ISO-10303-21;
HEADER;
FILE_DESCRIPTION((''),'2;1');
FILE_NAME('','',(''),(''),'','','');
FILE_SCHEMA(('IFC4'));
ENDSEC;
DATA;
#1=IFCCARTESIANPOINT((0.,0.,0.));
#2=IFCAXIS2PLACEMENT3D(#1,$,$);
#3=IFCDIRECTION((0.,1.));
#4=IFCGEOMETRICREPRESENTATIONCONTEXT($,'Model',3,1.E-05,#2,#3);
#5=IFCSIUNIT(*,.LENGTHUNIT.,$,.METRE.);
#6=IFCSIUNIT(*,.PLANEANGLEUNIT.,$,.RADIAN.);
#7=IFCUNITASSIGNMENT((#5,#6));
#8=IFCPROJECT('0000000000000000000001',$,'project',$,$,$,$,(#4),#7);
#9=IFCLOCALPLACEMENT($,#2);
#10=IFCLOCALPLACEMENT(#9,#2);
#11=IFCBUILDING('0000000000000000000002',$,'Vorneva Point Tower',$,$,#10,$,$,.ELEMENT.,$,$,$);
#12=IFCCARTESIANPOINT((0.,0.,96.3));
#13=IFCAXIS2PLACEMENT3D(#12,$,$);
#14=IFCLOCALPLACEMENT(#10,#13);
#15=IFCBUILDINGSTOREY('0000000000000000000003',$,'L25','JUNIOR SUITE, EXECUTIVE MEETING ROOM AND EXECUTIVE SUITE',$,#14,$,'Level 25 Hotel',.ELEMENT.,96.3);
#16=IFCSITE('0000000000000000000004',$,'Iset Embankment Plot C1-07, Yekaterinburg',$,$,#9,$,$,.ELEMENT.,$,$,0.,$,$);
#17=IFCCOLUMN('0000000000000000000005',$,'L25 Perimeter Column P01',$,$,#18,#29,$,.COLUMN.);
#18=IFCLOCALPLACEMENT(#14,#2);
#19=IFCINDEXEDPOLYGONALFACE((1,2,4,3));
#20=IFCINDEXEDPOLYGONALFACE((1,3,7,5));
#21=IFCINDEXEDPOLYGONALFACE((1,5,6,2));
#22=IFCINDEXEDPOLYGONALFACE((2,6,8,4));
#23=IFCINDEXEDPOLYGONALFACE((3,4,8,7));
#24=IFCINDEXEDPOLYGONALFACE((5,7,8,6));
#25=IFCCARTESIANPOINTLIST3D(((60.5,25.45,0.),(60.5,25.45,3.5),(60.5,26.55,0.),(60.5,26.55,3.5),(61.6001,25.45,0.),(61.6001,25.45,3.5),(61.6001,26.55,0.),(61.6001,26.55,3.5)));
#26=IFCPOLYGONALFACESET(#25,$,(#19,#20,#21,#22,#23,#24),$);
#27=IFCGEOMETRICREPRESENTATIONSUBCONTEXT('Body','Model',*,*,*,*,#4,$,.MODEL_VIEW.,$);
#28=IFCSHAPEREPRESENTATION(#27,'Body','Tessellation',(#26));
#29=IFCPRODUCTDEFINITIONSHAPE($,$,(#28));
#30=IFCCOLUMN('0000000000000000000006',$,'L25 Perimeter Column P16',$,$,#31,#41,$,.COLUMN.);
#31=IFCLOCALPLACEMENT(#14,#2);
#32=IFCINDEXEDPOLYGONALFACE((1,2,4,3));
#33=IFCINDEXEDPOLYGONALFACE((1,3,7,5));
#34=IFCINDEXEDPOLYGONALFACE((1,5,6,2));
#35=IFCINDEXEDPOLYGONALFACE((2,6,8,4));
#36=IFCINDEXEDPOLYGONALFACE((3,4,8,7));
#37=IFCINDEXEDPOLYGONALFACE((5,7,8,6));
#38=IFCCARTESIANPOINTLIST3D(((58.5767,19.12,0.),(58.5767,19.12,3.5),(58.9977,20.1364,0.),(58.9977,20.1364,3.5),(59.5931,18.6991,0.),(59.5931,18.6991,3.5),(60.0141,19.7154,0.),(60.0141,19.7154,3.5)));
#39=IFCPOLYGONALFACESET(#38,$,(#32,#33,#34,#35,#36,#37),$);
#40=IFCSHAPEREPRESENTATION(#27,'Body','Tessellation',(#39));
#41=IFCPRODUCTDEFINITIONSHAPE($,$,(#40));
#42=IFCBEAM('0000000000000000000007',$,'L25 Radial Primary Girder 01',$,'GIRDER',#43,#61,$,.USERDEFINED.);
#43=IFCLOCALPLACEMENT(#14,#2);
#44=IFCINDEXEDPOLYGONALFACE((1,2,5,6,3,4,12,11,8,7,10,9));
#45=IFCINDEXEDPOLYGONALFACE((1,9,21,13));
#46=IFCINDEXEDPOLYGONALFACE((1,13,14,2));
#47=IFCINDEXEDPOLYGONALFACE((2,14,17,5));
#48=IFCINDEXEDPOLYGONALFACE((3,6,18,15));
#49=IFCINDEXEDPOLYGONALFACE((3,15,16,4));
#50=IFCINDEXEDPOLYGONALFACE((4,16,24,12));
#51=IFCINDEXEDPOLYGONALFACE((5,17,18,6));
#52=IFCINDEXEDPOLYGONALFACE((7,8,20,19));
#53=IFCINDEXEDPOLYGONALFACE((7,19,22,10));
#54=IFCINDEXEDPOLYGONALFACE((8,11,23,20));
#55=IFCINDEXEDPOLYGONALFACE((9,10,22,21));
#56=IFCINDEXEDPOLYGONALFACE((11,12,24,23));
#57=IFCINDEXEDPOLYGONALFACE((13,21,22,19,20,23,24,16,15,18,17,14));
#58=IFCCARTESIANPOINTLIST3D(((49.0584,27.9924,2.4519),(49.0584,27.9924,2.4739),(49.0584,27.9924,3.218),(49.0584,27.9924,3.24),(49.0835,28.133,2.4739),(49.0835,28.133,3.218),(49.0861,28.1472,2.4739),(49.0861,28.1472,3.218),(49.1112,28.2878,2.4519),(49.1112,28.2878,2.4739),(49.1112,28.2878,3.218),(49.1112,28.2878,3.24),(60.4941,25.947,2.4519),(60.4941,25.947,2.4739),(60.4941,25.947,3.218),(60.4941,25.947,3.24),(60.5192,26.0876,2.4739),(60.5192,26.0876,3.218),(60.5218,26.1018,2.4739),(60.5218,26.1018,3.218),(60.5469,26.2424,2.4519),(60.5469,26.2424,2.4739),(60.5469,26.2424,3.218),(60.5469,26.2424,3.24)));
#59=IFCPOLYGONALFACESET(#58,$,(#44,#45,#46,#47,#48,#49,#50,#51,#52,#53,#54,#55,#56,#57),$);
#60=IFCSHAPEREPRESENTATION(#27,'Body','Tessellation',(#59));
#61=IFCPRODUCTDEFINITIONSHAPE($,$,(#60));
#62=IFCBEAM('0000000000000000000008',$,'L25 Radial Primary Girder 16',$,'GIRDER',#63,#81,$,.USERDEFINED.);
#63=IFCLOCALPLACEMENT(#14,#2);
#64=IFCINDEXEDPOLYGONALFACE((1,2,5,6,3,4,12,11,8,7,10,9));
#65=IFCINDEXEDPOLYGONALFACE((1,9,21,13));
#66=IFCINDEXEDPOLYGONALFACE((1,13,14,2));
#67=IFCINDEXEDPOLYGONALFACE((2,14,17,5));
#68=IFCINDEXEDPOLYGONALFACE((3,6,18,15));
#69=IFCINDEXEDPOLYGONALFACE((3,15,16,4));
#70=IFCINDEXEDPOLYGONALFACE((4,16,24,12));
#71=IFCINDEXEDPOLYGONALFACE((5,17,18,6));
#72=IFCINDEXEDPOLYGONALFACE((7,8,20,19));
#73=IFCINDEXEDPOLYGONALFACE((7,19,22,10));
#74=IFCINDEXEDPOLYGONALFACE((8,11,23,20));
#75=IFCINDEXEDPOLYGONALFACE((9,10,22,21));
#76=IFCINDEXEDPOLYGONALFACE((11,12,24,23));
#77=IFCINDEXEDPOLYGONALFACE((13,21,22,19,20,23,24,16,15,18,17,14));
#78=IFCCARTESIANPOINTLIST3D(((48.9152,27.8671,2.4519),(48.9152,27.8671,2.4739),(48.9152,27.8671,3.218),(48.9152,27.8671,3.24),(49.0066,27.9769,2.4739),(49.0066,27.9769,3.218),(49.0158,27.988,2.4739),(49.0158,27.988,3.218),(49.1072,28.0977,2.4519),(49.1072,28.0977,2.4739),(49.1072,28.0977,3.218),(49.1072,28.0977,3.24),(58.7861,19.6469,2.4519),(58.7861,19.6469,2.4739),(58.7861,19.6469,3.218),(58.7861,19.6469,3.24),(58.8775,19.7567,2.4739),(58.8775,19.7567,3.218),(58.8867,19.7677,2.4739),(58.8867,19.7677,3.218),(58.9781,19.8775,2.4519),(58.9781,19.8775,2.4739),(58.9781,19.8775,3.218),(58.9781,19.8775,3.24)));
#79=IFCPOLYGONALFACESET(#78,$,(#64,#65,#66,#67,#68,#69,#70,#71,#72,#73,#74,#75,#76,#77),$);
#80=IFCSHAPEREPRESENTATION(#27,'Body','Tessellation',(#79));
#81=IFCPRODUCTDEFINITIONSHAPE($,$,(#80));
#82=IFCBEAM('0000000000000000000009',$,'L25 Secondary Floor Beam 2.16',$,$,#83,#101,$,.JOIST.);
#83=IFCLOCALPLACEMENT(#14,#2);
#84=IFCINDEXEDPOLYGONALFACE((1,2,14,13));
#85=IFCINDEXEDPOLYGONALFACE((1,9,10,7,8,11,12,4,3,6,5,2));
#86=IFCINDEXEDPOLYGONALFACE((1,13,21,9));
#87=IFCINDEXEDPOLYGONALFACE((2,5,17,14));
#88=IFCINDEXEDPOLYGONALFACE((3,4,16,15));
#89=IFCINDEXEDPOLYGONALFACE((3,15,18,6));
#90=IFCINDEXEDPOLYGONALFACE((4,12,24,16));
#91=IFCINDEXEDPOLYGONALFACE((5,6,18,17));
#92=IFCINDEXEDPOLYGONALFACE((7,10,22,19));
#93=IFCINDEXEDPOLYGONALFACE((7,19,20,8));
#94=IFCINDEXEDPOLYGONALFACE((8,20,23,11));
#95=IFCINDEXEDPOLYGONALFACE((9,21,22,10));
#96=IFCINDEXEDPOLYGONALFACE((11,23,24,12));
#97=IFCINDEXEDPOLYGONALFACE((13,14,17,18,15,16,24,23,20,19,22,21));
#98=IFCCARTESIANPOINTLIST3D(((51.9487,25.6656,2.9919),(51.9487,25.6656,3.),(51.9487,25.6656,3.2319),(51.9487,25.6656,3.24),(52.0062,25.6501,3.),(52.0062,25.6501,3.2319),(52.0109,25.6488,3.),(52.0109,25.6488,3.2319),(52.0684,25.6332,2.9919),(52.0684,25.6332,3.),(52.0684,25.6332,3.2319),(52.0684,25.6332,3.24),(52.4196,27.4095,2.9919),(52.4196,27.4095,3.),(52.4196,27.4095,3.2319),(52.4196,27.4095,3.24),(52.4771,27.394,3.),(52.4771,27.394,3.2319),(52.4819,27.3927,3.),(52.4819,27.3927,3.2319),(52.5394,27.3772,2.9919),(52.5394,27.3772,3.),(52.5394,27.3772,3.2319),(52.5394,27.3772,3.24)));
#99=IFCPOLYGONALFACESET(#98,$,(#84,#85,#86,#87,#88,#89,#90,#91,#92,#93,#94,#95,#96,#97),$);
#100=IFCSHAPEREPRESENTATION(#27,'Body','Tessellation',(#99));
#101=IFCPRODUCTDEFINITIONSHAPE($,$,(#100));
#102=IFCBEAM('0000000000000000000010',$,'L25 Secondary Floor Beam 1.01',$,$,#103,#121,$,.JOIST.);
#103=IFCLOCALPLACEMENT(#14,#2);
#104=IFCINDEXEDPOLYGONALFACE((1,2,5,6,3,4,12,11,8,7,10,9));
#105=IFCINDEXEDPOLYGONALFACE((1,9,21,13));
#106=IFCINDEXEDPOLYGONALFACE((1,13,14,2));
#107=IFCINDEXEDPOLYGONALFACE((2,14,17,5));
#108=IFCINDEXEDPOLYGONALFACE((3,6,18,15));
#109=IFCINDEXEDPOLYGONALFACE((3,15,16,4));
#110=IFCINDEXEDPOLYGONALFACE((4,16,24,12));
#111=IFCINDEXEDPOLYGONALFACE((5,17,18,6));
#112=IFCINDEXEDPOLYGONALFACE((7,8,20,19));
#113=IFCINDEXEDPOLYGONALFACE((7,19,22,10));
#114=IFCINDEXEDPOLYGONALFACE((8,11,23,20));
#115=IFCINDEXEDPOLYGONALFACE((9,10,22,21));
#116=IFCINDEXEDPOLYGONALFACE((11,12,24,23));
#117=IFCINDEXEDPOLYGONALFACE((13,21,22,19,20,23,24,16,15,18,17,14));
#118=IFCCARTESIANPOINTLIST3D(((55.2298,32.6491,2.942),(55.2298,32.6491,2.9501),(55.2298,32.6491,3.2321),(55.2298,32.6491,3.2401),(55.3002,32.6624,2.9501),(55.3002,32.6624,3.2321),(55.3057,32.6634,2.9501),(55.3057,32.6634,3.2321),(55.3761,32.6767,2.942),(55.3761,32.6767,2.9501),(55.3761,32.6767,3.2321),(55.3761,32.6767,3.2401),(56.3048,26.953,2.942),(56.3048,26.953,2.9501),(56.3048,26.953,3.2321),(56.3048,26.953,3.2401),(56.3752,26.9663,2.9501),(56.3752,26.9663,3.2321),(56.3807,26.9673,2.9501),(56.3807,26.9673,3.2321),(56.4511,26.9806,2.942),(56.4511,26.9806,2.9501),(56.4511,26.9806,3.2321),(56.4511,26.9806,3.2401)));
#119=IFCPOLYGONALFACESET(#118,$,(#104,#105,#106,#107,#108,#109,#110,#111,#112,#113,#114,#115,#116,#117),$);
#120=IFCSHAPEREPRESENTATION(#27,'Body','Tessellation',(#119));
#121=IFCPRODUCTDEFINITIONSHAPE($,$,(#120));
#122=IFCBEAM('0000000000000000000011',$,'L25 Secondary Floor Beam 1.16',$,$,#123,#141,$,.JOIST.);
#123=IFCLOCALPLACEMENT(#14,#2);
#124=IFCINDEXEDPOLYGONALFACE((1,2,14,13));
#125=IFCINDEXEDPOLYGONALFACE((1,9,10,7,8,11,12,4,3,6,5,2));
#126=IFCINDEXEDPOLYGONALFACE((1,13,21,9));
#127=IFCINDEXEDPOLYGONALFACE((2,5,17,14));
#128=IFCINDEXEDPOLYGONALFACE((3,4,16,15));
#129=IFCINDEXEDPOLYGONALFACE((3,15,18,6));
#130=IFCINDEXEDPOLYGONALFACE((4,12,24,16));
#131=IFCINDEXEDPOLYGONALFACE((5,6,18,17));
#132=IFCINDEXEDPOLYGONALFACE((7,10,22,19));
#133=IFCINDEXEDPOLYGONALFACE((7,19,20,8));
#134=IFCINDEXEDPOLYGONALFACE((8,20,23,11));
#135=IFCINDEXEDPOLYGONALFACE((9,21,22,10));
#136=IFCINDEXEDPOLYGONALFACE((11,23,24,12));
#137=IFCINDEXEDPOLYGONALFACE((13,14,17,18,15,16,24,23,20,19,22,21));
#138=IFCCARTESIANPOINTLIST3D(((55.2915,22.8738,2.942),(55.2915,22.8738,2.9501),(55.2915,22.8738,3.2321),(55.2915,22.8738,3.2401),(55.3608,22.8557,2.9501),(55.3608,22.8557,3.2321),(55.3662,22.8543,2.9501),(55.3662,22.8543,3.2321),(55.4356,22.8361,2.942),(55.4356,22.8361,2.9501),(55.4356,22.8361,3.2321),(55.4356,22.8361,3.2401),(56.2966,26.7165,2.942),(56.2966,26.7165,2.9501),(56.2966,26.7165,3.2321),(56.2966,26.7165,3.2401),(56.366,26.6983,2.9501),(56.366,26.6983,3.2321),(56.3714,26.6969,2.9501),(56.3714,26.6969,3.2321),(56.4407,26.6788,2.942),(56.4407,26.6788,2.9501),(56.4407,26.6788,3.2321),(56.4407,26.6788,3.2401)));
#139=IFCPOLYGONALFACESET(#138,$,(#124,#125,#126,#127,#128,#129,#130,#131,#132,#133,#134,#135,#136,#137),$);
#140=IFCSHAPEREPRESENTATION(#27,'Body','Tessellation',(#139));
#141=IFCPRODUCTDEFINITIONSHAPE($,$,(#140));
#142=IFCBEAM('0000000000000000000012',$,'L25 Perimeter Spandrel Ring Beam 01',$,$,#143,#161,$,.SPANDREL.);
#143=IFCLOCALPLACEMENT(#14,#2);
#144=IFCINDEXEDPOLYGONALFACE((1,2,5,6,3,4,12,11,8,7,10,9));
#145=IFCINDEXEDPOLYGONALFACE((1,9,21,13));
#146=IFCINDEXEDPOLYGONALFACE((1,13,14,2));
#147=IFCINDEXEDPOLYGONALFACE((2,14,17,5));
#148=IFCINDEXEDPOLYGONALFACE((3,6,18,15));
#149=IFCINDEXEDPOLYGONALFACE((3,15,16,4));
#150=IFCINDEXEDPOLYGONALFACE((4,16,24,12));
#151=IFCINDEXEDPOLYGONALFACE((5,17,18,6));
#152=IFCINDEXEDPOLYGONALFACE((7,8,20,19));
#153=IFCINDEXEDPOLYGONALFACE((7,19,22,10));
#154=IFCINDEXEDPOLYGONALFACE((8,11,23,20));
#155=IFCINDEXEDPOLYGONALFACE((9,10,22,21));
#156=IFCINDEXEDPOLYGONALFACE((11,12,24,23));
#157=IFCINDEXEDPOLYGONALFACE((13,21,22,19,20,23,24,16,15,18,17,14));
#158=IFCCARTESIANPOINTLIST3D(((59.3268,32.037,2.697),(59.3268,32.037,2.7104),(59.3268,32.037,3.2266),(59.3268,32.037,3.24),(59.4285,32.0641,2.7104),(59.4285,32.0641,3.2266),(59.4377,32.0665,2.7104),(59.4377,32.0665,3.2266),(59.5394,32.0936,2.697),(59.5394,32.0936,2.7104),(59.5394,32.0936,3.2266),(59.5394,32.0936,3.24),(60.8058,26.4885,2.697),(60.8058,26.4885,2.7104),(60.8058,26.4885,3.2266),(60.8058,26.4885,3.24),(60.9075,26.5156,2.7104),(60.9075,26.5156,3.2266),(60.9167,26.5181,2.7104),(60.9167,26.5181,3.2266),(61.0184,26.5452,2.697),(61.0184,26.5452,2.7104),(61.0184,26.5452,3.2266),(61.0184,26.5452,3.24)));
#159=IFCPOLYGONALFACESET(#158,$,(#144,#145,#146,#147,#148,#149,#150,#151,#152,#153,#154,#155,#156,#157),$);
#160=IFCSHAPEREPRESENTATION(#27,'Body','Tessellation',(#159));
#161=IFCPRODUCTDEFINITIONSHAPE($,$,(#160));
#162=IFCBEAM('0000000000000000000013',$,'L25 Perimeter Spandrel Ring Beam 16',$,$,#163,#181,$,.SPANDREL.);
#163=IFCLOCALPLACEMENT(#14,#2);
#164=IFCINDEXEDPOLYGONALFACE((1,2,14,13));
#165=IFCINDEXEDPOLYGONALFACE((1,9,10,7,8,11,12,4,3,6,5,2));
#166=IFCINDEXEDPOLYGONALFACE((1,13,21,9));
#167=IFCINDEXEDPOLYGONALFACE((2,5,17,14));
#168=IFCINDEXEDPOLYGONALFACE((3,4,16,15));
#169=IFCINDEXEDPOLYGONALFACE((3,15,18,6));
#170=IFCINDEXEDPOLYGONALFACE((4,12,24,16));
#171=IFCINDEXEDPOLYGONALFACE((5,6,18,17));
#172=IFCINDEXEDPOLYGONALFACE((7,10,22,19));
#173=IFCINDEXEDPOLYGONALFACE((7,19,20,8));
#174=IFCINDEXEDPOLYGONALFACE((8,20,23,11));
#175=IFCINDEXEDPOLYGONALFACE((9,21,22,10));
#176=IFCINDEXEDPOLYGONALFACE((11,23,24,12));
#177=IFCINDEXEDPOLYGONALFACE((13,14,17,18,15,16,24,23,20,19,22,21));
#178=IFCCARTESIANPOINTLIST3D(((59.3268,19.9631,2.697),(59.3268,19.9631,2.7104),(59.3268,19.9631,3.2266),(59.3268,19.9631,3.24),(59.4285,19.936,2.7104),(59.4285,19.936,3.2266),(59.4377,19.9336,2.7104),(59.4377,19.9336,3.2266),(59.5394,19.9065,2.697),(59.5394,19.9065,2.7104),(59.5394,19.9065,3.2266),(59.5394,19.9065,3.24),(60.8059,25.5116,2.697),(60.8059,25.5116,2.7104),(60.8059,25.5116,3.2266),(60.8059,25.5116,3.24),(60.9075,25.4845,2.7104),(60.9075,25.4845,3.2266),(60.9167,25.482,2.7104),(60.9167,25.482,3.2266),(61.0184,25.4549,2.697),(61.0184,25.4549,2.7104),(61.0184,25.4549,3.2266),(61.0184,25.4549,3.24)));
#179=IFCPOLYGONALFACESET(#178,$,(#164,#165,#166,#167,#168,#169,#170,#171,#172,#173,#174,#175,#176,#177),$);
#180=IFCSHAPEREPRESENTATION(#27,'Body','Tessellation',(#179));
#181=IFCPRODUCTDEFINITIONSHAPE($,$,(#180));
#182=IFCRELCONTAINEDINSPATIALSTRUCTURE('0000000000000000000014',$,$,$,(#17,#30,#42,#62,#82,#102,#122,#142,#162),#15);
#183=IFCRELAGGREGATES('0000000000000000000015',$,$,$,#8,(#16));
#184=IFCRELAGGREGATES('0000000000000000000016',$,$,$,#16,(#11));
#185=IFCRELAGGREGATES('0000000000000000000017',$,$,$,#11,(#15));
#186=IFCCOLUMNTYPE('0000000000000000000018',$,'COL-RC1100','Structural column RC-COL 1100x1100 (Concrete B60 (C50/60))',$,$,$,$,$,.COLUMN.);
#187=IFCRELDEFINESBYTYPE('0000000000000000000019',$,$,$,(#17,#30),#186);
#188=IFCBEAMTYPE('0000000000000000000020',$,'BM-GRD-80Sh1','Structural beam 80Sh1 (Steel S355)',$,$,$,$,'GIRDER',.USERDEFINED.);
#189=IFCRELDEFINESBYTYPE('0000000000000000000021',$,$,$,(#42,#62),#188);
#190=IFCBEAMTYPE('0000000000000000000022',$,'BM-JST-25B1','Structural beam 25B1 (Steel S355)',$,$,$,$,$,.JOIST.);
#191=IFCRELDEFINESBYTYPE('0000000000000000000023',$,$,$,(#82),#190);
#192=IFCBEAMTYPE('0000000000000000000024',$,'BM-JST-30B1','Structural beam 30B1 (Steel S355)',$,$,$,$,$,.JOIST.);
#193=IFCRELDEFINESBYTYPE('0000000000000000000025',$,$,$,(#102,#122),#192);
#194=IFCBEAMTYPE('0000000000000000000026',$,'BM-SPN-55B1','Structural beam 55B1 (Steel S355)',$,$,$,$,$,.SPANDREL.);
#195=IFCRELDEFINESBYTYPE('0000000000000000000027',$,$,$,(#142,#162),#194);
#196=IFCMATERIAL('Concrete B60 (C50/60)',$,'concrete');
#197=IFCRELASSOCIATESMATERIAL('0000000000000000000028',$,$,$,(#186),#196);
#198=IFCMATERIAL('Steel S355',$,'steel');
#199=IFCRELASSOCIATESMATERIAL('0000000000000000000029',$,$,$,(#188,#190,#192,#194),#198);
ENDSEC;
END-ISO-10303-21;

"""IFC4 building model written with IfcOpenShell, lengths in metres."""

from ifc_helpers import new_model, si_unit, direction, frame, origin, origin_2d, place, context, subcontext, project, spatial, rectangle, i_section, extrude, material, material_profile, profile_set, type_object, element, save


model = new_model("IFC4")

# Units and contexts
model_context = context("Model", 3, precision=1e-05, world=origin(), true_north=direction((0.0, 1.0)))
body_context = subcontext(model_context, "Body", "Model", "MODEL_VIEW")
ifc_project = project(units=[si_unit("LENGTHUNIT", "METRE"), si_unit("PLANEANGLEUNIT", "RADIAN")], contexts=[model_context])

# Site, building, storey
site_placement = place(None, origin())
site = spatial("IfcSite", under=ifc_project, at=site_placement, Name="Iset Embankment Plot C1-07, Yekaterinburg", CompositionType="ELEMENT", RefElevation=0.0)
building_placement = place(site_placement, origin())
building = spatial("IfcBuilding", under=site, at=building_placement, Name="Vorneva Point Tower", CompositionType="ELEMENT")
storey_placement = place(building_placement, frame((0.0, 0.0, 96.3)))
storey = spatial("IfcBuildingStorey", under=building, at=storey_placement, Name="L25", Description="JUNIOR SUITE, EXECUTIVE MEETING ROOM AND EXECUTIVE SUITE", LongName="Level 25 Hotel", CompositionType="ELEMENT", Elevation=96.3)

# Columns
ifc_material_1 = material(Name="Concrete B60 (C50/60)", Category="concrete")
ifc_material_profile_1 = material_profile(ifc_material_1, rectangle(XDim=1.1001, YDim=1.1001, at=origin_2d()), Name="RC-COL 1100x1100")
ifc_profile_set_1 = profile_set([ifc_material_profile_1], Name="Concrete B60 (C50/60)")
column_type = type_object("IfcColumnType", Name="COL-RC1100", Description="Structural column RC-COL 1100x1100 (Concrete B60 (C50/60))", PredefinedType="COLUMN", material=ifc_profile_set_1)
for number, where, z_axis, x_axis, name in (
    (1, (61.05, 26.0, 0.0), (0.0, 0.0, 1.0), (1.0, 0.0, 0.0), "L25 Perimeter Column P01"),
    (2, (59.2954, 19.4177, 0.0), (0.0, 0.0, 1.0), (0.92388, -0.382683, 0.0), "L25 Perimeter Column P16"),
):
    element("IfcColumn", number, at=place(storey_placement, frame(where, z_axis=z_axis, x_axis=x_axis)), inside=storey, type_object=column_type, Name=name, PredefinedType="COLUMN", context=body_context, shape_type="SweptSolid", body=[
        extrude(rectangle(XDim=1.1001, YDim=1.1001, at=origin_2d()), origin(), (0.0, 0.0, 1.0), 3.5),
    ])

# Beams
ifc_material_2 = material(Name="Steel S355", Category="steel")
ifc_material_profile_2 = material_profile(ifc_material_2, i_section(OverallWidth=0.3, OverallDepth=0.7881, WebThickness=0.0144, FlangeThickness=0.022, at=origin_2d()), Name="80Sh1")
ifc_profile_set_2 = profile_set([ifc_material_profile_2], Name="Steel S355")
beam_type_1 = type_object("IfcBeamType", Name="BM-GRD-80Sh1", Description="Structural beam 80Sh1 (Steel S355)", ElementType="GIRDER", PredefinedType="USERDEFINED", material=ifc_profile_set_2)
beam_1_placement = place(storey_placement, frame((60.5205, 26.0947, 2.8459), z_axis=(-0.984378, 0.176066, 0.0), x_axis=(-0.176066, -0.984378, 0.0)))
element("IfcBeam", 3, at=beam_1_placement, inside=storey, type_object=beam_type_1, Name="L25 Radial Primary Girder 01", ObjectType="GIRDER", PredefinedType="USERDEFINED", context=body_context, shape_type="SweptSolid", body=[
    extrude(i_section(OverallWidth=0.3, OverallDepth=0.7881, WebThickness=0.0144, FlangeThickness=0.022, at=origin_2d()), origin(), (0.0, 0.0, 1.0), 11.6172),
])
beam_2_placement = place(storey_placement, frame((58.8821, 19.7622, 2.8459), z_axis=(-0.768432, 0.639932, 0.0), x_axis=(-0.639932, -0.768432, 0.0)))
element("IfcBeam", 4, at=beam_2_placement, inside=storey, type_object=beam_type_1, Name="L25 Radial Primary Girder 16", ObjectType="GIRDER", PredefinedType="USERDEFINED", context=body_context, shape_type="SweptSolid", body=[
    extrude(i_section(OverallWidth=0.3, OverallDepth=0.7881, WebThickness=0.0144, FlangeThickness=0.022, at=origin_2d()), origin(), (0.0, 0.0, 1.0), 12.8455),
])
ifc_material_profile_3 = material_profile(ifc_material_2, i_section(OverallWidth=0.124, OverallDepth=0.248, WebThickness=0.0049, FlangeThickness=0.0081, at=origin_2d()), Name="25B1")
ifc_profile_set_3 = profile_set([ifc_material_profile_3], Name="Steel S355")
beam_type_2 = type_object("IfcBeamType", Name="BM-JST-25B1", Description="Structural beam 25B1 (Steel S355)", PredefinedType="JOIST", material=ifc_profile_set_3)
beam_3_placement = place(storey_placement, frame((52.0085, 25.6494, 3.116), z_axis=(0.260715, 0.965416, 0.0), x_axis=(-0.965416, 0.260715, 0.0)))
element("IfcBeam", 5, at=beam_3_placement, inside=storey, type_object=beam_type_2, Name="L25 Secondary Floor Beam 2.16", PredefinedType="JOIST", context=body_context, shape_type="SweptSolid", body=[
    extrude(i_section(OverallWidth=0.124, OverallDepth=0.248, WebThickness=0.0049, FlangeThickness=0.0081, at=origin_2d()), origin(), (0.0, 0.0, 1.0), 1.8064),
])
ifc_material_profile_4 = material_profile(ifc_material_2, i_section(OverallWidth=0.1489, OverallDepth=0.2981, WebThickness=0.0056, FlangeThickness=0.0081, at=origin_2d()), Name="30B1")
ifc_profile_set_4 = profile_set([ifc_material_profile_4], Name="Steel S355")
beam_type_3 = type_object("IfcBeamType", Name="BM-JST-30B1", Description="Structural beam 30B1 (Steel S355)", PredefinedType="JOIST", material=ifc_profile_set_4)
beam_4_placement = place(storey_placement, frame((56.3779, 26.9668, 3.0911), z_axis=(-0.185445, 0.982655, 0.0), x_axis=(-0.982655, -0.185445, 0.0)))
element("IfcBeam", 6, at=beam_4_placement, inside=storey, type_object=beam_type_3, Name="L25 Secondary Floor Beam 1.01", PredefinedType="JOIST", context=body_context, shape_type="SweptSolid", body=[
    extrude(i_section(OverallWidth=0.1489, OverallDepth=0.2981, WebThickness=0.0056, FlangeThickness=0.0081, at=origin_2d()), origin(), (0.0, 0.0, 1.0), 5.7966),
])
beam_5_placement = place(storey_placement, frame((55.3635, 22.855, 3.0911), z_axis=(0.253065, 0.967449, 0.0), x_axis=(-0.967449, 0.253065, 0.0)))
element("IfcBeam", 7, at=beam_5_placement, inside=storey, type_object=beam_type_3, Name="L25 Secondary Floor Beam 1.16", PredefinedType="JOIST", context=body_context, shape_type="SweptSolid", body=[
    extrude(i_section(OverallWidth=0.1489, OverallDepth=0.2981, WebThickness=0.0056, FlangeThickness=0.0081, at=origin_2d()), origin(), (0.0, 0.0, 1.0), 3.9719),
])
ifc_material_profile_5 = material_profile(ifc_material_2, i_section(OverallWidth=0.22, OverallDepth=0.543, WebThickness=0.0095, FlangeThickness=0.0134, at=origin_2d()), Name="55B1")
ifc_profile_set_5 = profile_set([ifc_material_profile_5], Name="Steel S355")
beam_type_4 = type_object("IfcBeamType", Name="BM-SPN-55B1", Description="Structural beam 55B1 (Steel S355)", PredefinedType="SPANDREL", material=ifc_profile_set_5)
for number, where, z_axis, x_axis, name in (
    (8, (60.9121, 26.5168, 2.9685), (-0.257573, 0.966259, 0.0), (-0.966259, -0.257573, 0.0), "L25 Perimeter Spandrel Ring Beam 01"),
    (9, (59.4331, 19.9348, 2.9685), (0.257573, 0.966259, 0.0), (-0.966259, 0.257573, 0.0), "L25 Perimeter Spandrel Ring Beam 16"),
):
    element("IfcBeam", number, at=place(storey_placement, frame(where, z_axis=z_axis, x_axis=x_axis)), inside=storey, type_object=beam_type_4, Name=name, PredefinedType="SPANDREL", context=body_context, shape_type="SweptSolid", body=[
        extrude(i_section(OverallWidth=0.22, OverallDepth=0.543, WebThickness=0.0095, FlangeThickness=0.0134, at=origin_2d()), origin(), (0.0, 0.0, 1.0), 5.7422),
    ])

save(model, "model.ifc")
